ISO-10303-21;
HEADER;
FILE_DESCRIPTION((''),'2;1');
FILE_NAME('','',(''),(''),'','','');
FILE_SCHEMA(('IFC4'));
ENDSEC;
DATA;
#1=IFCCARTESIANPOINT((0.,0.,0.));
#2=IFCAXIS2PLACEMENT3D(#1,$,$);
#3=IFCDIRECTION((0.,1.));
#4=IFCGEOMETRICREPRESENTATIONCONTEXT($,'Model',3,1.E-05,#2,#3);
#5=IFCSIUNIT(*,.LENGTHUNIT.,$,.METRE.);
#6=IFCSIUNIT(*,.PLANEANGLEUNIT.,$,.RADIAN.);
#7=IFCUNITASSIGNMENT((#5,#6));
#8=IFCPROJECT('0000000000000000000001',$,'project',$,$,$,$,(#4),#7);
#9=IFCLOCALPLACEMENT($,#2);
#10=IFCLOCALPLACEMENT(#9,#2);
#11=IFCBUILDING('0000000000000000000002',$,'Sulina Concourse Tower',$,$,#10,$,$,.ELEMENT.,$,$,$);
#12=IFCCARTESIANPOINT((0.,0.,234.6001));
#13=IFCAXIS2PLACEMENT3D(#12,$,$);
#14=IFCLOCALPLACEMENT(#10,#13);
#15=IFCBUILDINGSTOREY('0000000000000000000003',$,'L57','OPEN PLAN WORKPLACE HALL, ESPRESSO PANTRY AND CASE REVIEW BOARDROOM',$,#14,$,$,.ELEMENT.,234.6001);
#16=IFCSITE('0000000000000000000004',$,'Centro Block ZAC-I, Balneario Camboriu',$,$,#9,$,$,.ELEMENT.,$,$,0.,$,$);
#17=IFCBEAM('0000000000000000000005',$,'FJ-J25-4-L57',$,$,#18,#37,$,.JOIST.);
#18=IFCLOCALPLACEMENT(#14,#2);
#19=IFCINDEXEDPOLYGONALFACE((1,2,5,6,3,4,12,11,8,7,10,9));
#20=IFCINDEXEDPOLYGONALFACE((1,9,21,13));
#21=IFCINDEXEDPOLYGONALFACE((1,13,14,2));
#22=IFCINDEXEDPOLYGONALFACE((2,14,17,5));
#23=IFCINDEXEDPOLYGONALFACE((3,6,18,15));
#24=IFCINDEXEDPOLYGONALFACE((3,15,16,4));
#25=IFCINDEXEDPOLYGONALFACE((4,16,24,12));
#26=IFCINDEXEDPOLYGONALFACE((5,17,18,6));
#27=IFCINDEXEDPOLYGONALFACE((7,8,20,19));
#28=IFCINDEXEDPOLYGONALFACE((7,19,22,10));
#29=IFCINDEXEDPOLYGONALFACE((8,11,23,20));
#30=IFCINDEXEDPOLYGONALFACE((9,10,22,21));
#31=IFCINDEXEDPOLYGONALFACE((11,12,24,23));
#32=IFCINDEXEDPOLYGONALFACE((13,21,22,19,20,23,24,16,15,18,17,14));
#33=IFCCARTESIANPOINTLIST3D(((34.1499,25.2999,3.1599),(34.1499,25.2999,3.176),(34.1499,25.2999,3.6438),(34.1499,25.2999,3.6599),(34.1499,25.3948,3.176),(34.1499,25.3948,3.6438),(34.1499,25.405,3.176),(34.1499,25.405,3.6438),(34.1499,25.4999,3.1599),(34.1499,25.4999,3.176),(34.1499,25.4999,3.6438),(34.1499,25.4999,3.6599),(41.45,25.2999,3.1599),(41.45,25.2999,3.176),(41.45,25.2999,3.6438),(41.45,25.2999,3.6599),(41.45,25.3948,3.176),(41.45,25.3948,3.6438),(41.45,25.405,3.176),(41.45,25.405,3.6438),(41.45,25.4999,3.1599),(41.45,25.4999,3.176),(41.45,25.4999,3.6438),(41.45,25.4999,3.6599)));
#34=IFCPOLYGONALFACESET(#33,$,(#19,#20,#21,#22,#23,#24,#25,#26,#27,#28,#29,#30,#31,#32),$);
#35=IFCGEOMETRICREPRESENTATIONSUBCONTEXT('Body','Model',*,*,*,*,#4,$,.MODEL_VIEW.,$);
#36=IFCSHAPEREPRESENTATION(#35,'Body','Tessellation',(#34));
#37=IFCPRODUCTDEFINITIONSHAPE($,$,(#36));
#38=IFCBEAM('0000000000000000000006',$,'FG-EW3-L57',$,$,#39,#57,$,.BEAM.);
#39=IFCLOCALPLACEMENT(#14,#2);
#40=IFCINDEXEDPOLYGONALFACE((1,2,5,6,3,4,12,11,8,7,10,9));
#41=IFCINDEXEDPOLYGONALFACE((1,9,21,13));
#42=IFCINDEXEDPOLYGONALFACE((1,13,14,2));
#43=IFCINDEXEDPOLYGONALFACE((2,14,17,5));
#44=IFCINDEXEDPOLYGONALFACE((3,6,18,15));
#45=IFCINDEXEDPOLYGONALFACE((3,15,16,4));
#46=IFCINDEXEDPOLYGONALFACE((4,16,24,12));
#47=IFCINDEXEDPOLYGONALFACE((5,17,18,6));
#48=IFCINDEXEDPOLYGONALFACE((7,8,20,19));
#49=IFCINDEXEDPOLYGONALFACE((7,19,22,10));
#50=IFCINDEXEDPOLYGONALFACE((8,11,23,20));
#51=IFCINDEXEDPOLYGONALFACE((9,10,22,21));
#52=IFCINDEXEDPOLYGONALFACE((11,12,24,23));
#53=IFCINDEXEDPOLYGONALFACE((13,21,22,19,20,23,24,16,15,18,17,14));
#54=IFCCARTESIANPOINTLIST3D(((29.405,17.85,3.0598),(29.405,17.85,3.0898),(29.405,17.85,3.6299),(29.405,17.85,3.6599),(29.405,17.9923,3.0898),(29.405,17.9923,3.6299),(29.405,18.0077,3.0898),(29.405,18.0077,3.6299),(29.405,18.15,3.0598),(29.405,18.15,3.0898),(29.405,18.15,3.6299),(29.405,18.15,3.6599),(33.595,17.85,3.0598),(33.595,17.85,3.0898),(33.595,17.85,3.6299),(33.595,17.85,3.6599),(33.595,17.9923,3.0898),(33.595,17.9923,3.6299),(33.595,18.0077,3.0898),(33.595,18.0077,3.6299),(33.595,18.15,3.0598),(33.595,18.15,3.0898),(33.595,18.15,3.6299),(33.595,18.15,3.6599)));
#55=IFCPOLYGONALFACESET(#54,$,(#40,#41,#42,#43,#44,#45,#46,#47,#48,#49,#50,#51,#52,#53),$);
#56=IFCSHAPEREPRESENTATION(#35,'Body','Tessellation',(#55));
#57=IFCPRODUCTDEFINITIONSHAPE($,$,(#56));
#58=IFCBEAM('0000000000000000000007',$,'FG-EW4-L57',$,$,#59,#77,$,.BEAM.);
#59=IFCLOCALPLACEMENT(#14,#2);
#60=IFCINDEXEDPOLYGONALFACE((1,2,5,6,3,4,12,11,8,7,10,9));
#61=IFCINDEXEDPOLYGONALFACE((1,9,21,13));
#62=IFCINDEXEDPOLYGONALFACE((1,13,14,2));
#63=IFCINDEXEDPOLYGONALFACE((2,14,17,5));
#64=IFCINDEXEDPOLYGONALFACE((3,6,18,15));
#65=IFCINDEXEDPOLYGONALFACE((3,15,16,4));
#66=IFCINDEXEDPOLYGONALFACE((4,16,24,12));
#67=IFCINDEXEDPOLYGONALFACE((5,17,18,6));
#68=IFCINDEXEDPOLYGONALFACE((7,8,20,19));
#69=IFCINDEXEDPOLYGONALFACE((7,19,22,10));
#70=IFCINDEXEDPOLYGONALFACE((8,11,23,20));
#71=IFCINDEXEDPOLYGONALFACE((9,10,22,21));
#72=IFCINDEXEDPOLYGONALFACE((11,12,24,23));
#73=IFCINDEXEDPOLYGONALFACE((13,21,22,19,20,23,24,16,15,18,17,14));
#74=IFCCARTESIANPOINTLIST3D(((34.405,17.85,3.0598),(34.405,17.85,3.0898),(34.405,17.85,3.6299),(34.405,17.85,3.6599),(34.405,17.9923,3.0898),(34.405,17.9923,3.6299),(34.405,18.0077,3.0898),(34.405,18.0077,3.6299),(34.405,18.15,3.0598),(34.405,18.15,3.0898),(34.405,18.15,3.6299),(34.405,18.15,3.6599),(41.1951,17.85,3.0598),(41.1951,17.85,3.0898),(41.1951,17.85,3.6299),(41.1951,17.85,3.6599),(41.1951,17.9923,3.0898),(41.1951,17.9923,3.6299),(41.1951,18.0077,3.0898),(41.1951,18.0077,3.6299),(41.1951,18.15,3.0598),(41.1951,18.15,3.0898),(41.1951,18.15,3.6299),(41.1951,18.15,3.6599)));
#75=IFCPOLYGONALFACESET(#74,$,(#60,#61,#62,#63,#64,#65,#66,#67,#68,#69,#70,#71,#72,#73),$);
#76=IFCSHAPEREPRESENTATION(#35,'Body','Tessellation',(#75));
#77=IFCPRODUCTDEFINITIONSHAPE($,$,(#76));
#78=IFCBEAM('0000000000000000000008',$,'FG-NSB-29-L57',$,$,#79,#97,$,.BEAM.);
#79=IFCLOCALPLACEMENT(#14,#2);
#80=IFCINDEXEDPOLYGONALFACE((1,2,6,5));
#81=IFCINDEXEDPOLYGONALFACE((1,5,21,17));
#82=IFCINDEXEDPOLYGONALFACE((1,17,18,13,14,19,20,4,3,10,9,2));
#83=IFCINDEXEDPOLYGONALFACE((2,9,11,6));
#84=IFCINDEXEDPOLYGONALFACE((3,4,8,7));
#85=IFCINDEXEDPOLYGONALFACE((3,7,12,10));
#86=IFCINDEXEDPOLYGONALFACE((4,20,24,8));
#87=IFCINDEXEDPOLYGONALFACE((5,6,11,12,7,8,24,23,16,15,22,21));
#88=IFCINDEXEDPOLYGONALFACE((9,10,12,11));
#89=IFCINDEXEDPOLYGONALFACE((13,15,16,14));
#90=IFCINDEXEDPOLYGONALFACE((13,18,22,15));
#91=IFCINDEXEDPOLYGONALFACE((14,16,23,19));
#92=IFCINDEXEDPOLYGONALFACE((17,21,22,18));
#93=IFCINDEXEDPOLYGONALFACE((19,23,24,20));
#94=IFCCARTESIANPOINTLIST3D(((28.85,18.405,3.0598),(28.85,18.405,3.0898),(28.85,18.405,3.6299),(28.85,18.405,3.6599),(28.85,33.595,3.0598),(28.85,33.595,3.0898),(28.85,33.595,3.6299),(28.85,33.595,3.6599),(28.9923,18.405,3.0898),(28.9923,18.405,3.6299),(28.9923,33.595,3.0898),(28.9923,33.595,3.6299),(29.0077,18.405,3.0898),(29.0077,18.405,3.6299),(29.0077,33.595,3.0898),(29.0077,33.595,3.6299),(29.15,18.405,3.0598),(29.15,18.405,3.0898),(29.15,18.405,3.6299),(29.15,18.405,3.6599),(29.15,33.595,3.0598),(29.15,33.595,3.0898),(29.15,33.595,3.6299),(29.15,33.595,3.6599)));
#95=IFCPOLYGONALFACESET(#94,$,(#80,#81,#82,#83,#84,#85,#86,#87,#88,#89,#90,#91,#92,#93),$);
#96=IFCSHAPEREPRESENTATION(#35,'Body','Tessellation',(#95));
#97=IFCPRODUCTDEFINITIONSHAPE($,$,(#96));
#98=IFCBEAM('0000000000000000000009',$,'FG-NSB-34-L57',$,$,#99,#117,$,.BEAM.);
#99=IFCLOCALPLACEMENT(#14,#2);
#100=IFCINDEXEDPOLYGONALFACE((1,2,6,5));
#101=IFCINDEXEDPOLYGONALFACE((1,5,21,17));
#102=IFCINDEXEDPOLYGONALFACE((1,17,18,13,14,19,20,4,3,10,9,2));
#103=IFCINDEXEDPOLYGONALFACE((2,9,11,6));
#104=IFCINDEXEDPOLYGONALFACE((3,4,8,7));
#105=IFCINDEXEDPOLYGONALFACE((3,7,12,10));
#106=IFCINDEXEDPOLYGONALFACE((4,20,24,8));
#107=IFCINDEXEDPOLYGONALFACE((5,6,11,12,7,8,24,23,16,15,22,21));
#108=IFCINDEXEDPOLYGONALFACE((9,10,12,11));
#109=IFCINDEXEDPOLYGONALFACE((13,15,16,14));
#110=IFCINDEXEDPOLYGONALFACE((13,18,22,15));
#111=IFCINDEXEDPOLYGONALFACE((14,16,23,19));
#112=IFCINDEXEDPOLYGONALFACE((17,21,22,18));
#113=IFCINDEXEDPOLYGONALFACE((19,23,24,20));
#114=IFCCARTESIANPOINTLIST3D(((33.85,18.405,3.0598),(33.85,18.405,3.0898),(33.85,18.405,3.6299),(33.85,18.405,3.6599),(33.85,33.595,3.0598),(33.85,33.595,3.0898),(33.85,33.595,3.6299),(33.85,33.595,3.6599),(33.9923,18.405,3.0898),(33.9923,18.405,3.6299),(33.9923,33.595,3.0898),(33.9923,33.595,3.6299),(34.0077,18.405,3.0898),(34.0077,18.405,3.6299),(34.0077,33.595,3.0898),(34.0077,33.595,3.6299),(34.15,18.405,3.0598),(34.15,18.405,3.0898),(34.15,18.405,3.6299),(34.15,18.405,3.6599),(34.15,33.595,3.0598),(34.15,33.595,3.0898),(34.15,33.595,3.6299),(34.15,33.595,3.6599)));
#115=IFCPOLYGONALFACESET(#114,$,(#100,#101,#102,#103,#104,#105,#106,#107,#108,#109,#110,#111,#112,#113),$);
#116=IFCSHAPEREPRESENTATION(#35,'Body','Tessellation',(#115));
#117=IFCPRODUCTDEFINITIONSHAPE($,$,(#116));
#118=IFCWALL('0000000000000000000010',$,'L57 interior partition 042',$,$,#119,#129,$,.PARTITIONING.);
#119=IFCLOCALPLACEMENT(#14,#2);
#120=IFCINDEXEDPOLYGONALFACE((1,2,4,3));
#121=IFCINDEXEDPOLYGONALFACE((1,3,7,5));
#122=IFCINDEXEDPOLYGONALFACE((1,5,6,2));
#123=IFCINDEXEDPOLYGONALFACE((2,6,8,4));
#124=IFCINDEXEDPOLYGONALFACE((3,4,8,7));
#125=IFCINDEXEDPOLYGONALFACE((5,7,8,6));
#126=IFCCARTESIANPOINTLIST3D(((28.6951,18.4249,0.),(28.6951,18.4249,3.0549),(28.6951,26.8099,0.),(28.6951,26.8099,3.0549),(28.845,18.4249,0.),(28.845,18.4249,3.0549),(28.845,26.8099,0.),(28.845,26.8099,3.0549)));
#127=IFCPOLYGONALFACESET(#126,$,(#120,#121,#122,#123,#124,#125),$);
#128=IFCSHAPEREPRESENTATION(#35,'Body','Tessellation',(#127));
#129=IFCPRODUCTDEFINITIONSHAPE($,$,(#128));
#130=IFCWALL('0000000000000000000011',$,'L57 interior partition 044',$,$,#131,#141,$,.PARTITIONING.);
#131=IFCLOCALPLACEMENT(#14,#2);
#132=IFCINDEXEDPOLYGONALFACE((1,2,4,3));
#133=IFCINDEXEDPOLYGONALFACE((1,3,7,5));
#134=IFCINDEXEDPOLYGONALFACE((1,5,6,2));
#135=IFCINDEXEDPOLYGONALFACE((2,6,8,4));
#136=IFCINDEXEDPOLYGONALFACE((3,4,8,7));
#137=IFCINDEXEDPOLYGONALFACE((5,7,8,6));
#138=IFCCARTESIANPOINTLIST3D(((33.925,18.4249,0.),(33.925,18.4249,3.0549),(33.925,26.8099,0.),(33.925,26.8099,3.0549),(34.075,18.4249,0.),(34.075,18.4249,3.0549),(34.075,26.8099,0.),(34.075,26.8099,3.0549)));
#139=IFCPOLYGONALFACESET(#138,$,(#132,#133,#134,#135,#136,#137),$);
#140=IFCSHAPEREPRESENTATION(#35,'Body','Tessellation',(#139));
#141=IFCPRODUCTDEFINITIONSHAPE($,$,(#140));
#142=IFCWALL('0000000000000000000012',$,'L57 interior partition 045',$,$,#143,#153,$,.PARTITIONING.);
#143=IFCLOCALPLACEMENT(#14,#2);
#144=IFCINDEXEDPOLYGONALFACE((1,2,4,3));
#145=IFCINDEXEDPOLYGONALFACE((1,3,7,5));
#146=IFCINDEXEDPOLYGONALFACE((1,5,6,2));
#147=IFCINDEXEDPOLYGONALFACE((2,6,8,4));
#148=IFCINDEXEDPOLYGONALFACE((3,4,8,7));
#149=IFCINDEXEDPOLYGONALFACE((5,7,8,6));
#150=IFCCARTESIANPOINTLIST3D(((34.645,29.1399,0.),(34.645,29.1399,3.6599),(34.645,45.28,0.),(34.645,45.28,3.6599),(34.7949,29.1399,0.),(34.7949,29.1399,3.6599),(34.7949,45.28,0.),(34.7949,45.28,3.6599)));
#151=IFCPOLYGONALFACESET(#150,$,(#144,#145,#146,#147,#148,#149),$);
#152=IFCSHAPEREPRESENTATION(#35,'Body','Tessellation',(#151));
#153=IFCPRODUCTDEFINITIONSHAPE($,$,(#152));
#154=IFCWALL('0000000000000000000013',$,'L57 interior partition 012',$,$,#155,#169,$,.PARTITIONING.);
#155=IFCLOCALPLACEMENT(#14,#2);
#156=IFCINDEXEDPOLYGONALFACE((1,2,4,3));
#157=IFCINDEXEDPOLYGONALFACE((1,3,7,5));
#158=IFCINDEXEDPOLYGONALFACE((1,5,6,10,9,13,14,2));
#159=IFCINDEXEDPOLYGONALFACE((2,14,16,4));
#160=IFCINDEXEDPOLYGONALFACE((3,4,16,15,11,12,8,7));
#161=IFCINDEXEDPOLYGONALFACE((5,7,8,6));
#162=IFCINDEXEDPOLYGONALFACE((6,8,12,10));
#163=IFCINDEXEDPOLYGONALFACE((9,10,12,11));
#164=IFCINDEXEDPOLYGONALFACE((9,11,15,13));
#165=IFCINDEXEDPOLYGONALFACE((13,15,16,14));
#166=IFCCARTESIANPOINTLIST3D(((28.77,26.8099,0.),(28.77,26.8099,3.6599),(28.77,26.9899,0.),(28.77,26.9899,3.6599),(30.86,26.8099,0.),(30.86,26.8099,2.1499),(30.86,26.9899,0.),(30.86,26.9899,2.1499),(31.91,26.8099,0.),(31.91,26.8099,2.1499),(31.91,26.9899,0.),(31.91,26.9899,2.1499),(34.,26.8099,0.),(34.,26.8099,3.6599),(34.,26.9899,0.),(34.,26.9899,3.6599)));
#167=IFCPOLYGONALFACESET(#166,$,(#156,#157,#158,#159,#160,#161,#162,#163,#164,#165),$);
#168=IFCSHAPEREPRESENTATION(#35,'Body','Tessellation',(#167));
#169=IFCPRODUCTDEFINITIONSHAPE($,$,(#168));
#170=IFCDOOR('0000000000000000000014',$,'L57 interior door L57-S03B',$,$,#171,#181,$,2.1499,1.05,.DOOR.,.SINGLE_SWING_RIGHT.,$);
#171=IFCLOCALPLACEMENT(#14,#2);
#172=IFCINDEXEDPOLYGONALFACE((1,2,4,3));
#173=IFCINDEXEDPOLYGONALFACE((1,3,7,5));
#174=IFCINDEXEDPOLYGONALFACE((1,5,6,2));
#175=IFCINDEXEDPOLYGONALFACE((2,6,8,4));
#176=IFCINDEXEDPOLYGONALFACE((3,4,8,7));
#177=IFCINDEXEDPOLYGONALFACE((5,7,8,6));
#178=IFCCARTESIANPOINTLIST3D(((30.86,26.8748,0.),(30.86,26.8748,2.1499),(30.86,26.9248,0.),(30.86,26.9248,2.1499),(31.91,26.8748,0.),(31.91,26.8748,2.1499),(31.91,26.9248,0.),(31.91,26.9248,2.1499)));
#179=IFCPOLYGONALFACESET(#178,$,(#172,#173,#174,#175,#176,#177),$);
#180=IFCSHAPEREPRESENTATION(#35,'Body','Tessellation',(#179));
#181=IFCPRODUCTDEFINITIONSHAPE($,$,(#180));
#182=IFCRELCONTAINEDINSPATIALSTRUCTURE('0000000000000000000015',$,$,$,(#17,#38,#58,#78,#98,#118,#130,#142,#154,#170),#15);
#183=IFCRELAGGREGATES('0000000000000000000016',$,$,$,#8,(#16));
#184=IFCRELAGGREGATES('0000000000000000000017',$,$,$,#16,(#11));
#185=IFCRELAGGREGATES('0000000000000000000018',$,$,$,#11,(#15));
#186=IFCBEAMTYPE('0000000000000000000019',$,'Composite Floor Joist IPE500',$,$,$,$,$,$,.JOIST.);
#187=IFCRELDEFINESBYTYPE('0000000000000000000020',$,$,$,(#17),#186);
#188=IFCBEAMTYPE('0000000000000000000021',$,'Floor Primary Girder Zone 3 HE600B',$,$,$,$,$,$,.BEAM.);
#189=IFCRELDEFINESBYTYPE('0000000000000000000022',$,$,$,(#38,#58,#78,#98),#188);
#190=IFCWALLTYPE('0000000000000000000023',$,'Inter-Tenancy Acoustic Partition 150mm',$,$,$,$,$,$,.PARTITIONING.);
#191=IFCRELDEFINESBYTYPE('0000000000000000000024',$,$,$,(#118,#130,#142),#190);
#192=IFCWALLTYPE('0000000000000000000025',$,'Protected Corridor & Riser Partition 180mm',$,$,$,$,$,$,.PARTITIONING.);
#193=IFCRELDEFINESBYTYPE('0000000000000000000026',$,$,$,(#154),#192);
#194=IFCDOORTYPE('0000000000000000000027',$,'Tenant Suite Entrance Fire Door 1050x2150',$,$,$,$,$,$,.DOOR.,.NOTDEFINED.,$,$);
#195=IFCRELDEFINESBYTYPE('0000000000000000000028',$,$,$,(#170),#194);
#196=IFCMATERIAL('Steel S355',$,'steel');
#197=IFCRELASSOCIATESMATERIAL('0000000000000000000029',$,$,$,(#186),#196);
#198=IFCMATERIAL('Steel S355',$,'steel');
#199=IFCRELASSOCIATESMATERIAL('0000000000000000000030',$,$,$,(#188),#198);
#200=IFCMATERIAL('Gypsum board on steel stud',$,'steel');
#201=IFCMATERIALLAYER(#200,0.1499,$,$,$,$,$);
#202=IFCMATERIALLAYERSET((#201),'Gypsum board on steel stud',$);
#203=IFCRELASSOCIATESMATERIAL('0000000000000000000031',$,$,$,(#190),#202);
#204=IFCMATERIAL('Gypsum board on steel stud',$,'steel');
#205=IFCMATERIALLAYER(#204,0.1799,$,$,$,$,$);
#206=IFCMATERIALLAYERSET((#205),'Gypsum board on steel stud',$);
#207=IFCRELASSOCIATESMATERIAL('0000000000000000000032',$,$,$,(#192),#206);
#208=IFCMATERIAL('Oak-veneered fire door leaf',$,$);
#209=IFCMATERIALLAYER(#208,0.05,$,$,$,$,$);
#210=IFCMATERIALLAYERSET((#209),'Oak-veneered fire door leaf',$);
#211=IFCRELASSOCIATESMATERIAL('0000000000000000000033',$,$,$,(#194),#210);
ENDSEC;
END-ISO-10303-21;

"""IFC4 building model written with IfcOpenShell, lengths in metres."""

from ifc_helpers import new_model, si_unit, direction, frame, frame_2d, origin, origin_2d, place, context, subcontext, project, spatial, rectangle, i_section, extrude, material, layer, layer_set, material_profile, profile_set, type_object, element, fill, save


model = new_model("IFC4")

# Units and contexts
model_context = context("Model", 3, precision=1e-05, world=origin(), true_north=direction((0.0, 1.0)))
body_context = subcontext(model_context, "Body", "Model", "MODEL_VIEW")
ifc_project = project(units=[si_unit("LENGTHUNIT", "METRE"), si_unit("PLANEANGLEUNIT", "RADIAN")], contexts=[model_context])

# Site, building, storey
site_placement = place(None, origin())
site = spatial("IfcSite", under=ifc_project, at=site_placement, Name="Centro Block ZAC-I, Balneario Camboriu", CompositionType="ELEMENT", RefElevation=0.0)
building_placement = place(site_placement, origin())
building = spatial("IfcBuilding", under=site, at=building_placement, Name="Sulina Concourse Tower", CompositionType="ELEMENT")
storey_placement = place(building_placement, frame((0.0, 0.0, 234.6001)))
storey = spatial("IfcBuildingStorey", under=building, at=storey_placement, Name="L57", Description="OPEN PLAN WORKPLACE HALL, ESPRESSO PANTRY AND CASE REVIEW BOARDROOM", CompositionType="ELEMENT", Elevation=234.6001)

# Beams
ifc_material_1 = material(Name="Steel S355", Category="steel")
ifc_material_profile_1 = material_profile(ifc_material_1, i_section(OverallWidth=0.2, OverallDepth=0.5, WebThickness=0.0103, FlangeThickness=0.0161, at=origin_2d()), Name="IPE 500")
ifc_profile_set_1 = profile_set([ifc_material_profile_1], Name="Steel S355")
beam_type_1 = type_object("IfcBeamType", Name="Composite Floor Joist IPE500", PredefinedType="JOIST", material=ifc_profile_set_1)
beam_1_placement = place(storey_placement, frame((34.1499, 25.3999, 3.4099), z_axis=(1.0, 0.0, 0.0), x_axis=(0.0, 1.0, 0.0)))
element("IfcBeam", 1, at=beam_1_placement, inside=storey, type_object=beam_type_1, Name="FJ-J25-4-L57", PredefinedType="JOIST", context=body_context, shape_type="SweptSolid", body=[
    extrude(i_section(OverallWidth=0.2, OverallDepth=0.5, WebThickness=0.0103, FlangeThickness=0.0161, at=origin_2d()), origin(), (0.0, 0.0, 1.0), 7.3),
])
ifc_material_2 = material(Name="Steel S355", Category="steel")
ifc_material_profile_2 = material_profile(ifc_material_2, i_section(OverallWidth=0.3, OverallDepth=0.6001, WebThickness=0.0154, FlangeThickness=0.03, at=origin_2d()), Name="HE 600 B")
ifc_profile_set_2 = profile_set([ifc_material_profile_2], Name="Steel S355")
beam_type_2 = type_object("IfcBeamType", Name="Floor Primary Girder Zone 3 HE600B", PredefinedType="BEAM", material=ifc_profile_set_2)
beam_2_placement = place(storey_placement, frame((29.405, 18.0, 3.3599), z_axis=(1.0, 0.0, 0.0), x_axis=(0.0, 1.0, 0.0)))
element("IfcBeam", 2, at=beam_2_placement, inside=storey, type_object=beam_type_2, Name="FG-EW3-L57", PredefinedType="BEAM", context=body_context, shape_type="SweptSolid", body=[
    extrude(i_section(OverallWidth=0.3, OverallDepth=0.6001, WebThickness=0.0154, FlangeThickness=0.03, at=origin_2d()), origin(), (0.0, 0.0, 1.0), 4.1899),
])
beam_3_placement = place(storey_placement, frame((34.405, 18.0, 3.3599), z_axis=(1.0, 0.0, 0.0), x_axis=(0.0, 1.0, 0.0)))
element("IfcBeam", 3, at=beam_3_placement, inside=storey, type_object=beam_type_2, Name="FG-EW4-L57", PredefinedType="BEAM", context=body_context, shape_type="SweptSolid", body=[
    extrude(i_section(OverallWidth=0.3, OverallDepth=0.6001, WebThickness=0.0154, FlangeThickness=0.03, at=origin_2d()), origin(), (0.0, 0.0, 1.0), 6.79),
])
for number, where, z_axis, x_axis, name in (
    (4, (29.0, 18.405, 3.3599), (0.0, 1.0, 0.0), (-1.0, 0.0, 0.0), "FG-NSB-29-L57"),
    (5, (34.0, 18.405, 3.3599), (0.0, 1.0, 0.0), (-1.0, 0.0, 0.0), "FG-NSB-34-L57"),
):
    element("IfcBeam", number, at=place(storey_placement, frame(where, z_axis=z_axis, x_axis=x_axis)), inside=storey, type_object=beam_type_2, Name=name, PredefinedType="BEAM", context=body_context, shape_type="SweptSolid", body=[
        extrude(i_section(OverallWidth=0.3, OverallDepth=0.6001, WebThickness=0.0154, FlangeThickness=0.03, at=origin_2d()), origin(), (0.0, 0.0, 1.0), 15.1899),
    ])

# Walls
ifc_material_3 = material(Name="Gypsum board on steel stud", Category="steel")
ifc_layer_1 = layer(ifc_material_3, 0.1499)
ifc_layer_set_1 = layer_set([ifc_layer_1], Name="Gypsum board on steel stud")
wall_type_1 = type_object("IfcWallType", Name="Inter-Tenancy Acoustic Partition 150mm", PredefinedType="PARTITIONING", material=ifc_layer_set_1)
for number, where, z_axis, x_axis, name in (
    (6, (28.77, 18.425, 0.0), (0.0, 0.0, 1.0), (0.0, 1.0, 0.0), "L57 interior partition 042"),
    (7, (34.0, 18.425, 0.0), (0.0, 0.0, 1.0), (0.0, 1.0, 0.0), "L57 interior partition 044"),
):
    element("IfcWall", number, at=place(storey_placement, frame(where, z_axis=z_axis, x_axis=x_axis)), inside=storey, type_object=wall_type_1, Name=name, PredefinedType="PARTITIONING", context=body_context, shape_type="SweptSolid", body=[
        extrude(rectangle(XDim=8.385, YDim=0.1499, at=frame_2d((4.1924, 0.0))), origin(), (0.0, 0.0, 1.0), 3.0549),
    ])
wall_1_placement = place(storey_placement, frame((34.72, 29.1399, 0.0), z_axis=(0.0, 0.0, 1.0), x_axis=(0.0, 1.0, 0.0)))
element("IfcWall", 8, at=wall_1_placement, inside=storey, type_object=wall_type_1, Name="L57 interior partition 045", PredefinedType="PARTITIONING", context=body_context, shape_type="SweptSolid", body=[
    extrude(rectangle(XDim=16.1401, YDim=0.1499, at=frame_2d((8.0701, 0.0))), origin(), (0.0, 0.0, 1.0), 3.6599),
])

# Wall, opening, door
ifc_material_4 = material(Name="Gypsum board on steel stud", Category="steel")
ifc_layer_2 = layer(ifc_material_4, 0.1799)
ifc_layer_set_2 = layer_set([ifc_layer_2], Name="Gypsum board on steel stud")
wall_type_2 = type_object("IfcWallType", Name="Protected Corridor & Riser Partition 180mm", PredefinedType="PARTITIONING", material=ifc_layer_set_2)
wall_2_placement = place(storey_placement, frame((28.77, 26.8999, 0.0), z_axis=(0.0, 0.0, 1.0), x_axis=(1.0, 0.0, 0.0)))
wall_2 = element("IfcWall", 9, at=wall_2_placement, inside=storey, type_object=wall_type_2, Name="L57 interior partition 012", PredefinedType="PARTITIONING", context=body_context, shape_type="SweptSolid", body=[
    extrude(rectangle(XDim=5.23, YDim=0.1799, at=frame_2d((2.615, 0.0))), origin(), (0.0, 0.0, 1.0), 3.6599),
])
opening_1_placement = place(wall_2_placement, frame((2.0901, 0.0, 0.0)))
opening_1 = element("IfcOpeningElement", 10, at=opening_1_placement, cuts=wall_2, PredefinedType="OPENING", context=body_context, shape_type="SweptSolid", body=[
    extrude(rectangle(XDim=1.05, YDim=2.1499, at=frame_2d((0.5249, 1.075))), frame((0.0, 0.0999, 0.0), z_axis=(0.0, -1.0, 0.0), x_axis=(1.0, 0.0, 0.0)), (0.0, 0.0, 1.0), 0.2),
])
ifc_material_5 = material(Name="Oak-veneered fire door leaf")
ifc_layer_3 = layer(ifc_material_5, 0.05)
ifc_layer_set_3 = layer_set([ifc_layer_3], Name="Oak-veneered fire door leaf")
door_type_1 = type_object("IfcDoorType", Name="Tenant Suite Entrance Fire Door 1050x2150", OperationType="NOTDEFINED", PredefinedType="DOOR", material=ifc_layer_set_3)
door_1_placement = place(opening_1_placement, origin())
door_1 = element("IfcDoor", 11, at=door_1_placement, inside=storey, type_object=door_type_1, Name="L57 interior door L57-S03B", OperationType="SINGLE_SWING_RIGHT", OverallHeight=2.1499, OverallWidth=1.05, PredefinedType="DOOR", context=body_context, shape_type="SweptSolid", body=[
    extrude(rectangle(XDim=1.05, YDim=2.1499, at=frame_2d((0.5249, 1.075))), frame((0.0, 0.0249, 0.0), z_axis=(0.0, -1.0, 0.0), x_axis=(1.0, 0.0, 0.0)), (0.0, 0.0, 1.0), 0.05),
])
fill(opening_1, door_1)

save(model, "model.ifc")
